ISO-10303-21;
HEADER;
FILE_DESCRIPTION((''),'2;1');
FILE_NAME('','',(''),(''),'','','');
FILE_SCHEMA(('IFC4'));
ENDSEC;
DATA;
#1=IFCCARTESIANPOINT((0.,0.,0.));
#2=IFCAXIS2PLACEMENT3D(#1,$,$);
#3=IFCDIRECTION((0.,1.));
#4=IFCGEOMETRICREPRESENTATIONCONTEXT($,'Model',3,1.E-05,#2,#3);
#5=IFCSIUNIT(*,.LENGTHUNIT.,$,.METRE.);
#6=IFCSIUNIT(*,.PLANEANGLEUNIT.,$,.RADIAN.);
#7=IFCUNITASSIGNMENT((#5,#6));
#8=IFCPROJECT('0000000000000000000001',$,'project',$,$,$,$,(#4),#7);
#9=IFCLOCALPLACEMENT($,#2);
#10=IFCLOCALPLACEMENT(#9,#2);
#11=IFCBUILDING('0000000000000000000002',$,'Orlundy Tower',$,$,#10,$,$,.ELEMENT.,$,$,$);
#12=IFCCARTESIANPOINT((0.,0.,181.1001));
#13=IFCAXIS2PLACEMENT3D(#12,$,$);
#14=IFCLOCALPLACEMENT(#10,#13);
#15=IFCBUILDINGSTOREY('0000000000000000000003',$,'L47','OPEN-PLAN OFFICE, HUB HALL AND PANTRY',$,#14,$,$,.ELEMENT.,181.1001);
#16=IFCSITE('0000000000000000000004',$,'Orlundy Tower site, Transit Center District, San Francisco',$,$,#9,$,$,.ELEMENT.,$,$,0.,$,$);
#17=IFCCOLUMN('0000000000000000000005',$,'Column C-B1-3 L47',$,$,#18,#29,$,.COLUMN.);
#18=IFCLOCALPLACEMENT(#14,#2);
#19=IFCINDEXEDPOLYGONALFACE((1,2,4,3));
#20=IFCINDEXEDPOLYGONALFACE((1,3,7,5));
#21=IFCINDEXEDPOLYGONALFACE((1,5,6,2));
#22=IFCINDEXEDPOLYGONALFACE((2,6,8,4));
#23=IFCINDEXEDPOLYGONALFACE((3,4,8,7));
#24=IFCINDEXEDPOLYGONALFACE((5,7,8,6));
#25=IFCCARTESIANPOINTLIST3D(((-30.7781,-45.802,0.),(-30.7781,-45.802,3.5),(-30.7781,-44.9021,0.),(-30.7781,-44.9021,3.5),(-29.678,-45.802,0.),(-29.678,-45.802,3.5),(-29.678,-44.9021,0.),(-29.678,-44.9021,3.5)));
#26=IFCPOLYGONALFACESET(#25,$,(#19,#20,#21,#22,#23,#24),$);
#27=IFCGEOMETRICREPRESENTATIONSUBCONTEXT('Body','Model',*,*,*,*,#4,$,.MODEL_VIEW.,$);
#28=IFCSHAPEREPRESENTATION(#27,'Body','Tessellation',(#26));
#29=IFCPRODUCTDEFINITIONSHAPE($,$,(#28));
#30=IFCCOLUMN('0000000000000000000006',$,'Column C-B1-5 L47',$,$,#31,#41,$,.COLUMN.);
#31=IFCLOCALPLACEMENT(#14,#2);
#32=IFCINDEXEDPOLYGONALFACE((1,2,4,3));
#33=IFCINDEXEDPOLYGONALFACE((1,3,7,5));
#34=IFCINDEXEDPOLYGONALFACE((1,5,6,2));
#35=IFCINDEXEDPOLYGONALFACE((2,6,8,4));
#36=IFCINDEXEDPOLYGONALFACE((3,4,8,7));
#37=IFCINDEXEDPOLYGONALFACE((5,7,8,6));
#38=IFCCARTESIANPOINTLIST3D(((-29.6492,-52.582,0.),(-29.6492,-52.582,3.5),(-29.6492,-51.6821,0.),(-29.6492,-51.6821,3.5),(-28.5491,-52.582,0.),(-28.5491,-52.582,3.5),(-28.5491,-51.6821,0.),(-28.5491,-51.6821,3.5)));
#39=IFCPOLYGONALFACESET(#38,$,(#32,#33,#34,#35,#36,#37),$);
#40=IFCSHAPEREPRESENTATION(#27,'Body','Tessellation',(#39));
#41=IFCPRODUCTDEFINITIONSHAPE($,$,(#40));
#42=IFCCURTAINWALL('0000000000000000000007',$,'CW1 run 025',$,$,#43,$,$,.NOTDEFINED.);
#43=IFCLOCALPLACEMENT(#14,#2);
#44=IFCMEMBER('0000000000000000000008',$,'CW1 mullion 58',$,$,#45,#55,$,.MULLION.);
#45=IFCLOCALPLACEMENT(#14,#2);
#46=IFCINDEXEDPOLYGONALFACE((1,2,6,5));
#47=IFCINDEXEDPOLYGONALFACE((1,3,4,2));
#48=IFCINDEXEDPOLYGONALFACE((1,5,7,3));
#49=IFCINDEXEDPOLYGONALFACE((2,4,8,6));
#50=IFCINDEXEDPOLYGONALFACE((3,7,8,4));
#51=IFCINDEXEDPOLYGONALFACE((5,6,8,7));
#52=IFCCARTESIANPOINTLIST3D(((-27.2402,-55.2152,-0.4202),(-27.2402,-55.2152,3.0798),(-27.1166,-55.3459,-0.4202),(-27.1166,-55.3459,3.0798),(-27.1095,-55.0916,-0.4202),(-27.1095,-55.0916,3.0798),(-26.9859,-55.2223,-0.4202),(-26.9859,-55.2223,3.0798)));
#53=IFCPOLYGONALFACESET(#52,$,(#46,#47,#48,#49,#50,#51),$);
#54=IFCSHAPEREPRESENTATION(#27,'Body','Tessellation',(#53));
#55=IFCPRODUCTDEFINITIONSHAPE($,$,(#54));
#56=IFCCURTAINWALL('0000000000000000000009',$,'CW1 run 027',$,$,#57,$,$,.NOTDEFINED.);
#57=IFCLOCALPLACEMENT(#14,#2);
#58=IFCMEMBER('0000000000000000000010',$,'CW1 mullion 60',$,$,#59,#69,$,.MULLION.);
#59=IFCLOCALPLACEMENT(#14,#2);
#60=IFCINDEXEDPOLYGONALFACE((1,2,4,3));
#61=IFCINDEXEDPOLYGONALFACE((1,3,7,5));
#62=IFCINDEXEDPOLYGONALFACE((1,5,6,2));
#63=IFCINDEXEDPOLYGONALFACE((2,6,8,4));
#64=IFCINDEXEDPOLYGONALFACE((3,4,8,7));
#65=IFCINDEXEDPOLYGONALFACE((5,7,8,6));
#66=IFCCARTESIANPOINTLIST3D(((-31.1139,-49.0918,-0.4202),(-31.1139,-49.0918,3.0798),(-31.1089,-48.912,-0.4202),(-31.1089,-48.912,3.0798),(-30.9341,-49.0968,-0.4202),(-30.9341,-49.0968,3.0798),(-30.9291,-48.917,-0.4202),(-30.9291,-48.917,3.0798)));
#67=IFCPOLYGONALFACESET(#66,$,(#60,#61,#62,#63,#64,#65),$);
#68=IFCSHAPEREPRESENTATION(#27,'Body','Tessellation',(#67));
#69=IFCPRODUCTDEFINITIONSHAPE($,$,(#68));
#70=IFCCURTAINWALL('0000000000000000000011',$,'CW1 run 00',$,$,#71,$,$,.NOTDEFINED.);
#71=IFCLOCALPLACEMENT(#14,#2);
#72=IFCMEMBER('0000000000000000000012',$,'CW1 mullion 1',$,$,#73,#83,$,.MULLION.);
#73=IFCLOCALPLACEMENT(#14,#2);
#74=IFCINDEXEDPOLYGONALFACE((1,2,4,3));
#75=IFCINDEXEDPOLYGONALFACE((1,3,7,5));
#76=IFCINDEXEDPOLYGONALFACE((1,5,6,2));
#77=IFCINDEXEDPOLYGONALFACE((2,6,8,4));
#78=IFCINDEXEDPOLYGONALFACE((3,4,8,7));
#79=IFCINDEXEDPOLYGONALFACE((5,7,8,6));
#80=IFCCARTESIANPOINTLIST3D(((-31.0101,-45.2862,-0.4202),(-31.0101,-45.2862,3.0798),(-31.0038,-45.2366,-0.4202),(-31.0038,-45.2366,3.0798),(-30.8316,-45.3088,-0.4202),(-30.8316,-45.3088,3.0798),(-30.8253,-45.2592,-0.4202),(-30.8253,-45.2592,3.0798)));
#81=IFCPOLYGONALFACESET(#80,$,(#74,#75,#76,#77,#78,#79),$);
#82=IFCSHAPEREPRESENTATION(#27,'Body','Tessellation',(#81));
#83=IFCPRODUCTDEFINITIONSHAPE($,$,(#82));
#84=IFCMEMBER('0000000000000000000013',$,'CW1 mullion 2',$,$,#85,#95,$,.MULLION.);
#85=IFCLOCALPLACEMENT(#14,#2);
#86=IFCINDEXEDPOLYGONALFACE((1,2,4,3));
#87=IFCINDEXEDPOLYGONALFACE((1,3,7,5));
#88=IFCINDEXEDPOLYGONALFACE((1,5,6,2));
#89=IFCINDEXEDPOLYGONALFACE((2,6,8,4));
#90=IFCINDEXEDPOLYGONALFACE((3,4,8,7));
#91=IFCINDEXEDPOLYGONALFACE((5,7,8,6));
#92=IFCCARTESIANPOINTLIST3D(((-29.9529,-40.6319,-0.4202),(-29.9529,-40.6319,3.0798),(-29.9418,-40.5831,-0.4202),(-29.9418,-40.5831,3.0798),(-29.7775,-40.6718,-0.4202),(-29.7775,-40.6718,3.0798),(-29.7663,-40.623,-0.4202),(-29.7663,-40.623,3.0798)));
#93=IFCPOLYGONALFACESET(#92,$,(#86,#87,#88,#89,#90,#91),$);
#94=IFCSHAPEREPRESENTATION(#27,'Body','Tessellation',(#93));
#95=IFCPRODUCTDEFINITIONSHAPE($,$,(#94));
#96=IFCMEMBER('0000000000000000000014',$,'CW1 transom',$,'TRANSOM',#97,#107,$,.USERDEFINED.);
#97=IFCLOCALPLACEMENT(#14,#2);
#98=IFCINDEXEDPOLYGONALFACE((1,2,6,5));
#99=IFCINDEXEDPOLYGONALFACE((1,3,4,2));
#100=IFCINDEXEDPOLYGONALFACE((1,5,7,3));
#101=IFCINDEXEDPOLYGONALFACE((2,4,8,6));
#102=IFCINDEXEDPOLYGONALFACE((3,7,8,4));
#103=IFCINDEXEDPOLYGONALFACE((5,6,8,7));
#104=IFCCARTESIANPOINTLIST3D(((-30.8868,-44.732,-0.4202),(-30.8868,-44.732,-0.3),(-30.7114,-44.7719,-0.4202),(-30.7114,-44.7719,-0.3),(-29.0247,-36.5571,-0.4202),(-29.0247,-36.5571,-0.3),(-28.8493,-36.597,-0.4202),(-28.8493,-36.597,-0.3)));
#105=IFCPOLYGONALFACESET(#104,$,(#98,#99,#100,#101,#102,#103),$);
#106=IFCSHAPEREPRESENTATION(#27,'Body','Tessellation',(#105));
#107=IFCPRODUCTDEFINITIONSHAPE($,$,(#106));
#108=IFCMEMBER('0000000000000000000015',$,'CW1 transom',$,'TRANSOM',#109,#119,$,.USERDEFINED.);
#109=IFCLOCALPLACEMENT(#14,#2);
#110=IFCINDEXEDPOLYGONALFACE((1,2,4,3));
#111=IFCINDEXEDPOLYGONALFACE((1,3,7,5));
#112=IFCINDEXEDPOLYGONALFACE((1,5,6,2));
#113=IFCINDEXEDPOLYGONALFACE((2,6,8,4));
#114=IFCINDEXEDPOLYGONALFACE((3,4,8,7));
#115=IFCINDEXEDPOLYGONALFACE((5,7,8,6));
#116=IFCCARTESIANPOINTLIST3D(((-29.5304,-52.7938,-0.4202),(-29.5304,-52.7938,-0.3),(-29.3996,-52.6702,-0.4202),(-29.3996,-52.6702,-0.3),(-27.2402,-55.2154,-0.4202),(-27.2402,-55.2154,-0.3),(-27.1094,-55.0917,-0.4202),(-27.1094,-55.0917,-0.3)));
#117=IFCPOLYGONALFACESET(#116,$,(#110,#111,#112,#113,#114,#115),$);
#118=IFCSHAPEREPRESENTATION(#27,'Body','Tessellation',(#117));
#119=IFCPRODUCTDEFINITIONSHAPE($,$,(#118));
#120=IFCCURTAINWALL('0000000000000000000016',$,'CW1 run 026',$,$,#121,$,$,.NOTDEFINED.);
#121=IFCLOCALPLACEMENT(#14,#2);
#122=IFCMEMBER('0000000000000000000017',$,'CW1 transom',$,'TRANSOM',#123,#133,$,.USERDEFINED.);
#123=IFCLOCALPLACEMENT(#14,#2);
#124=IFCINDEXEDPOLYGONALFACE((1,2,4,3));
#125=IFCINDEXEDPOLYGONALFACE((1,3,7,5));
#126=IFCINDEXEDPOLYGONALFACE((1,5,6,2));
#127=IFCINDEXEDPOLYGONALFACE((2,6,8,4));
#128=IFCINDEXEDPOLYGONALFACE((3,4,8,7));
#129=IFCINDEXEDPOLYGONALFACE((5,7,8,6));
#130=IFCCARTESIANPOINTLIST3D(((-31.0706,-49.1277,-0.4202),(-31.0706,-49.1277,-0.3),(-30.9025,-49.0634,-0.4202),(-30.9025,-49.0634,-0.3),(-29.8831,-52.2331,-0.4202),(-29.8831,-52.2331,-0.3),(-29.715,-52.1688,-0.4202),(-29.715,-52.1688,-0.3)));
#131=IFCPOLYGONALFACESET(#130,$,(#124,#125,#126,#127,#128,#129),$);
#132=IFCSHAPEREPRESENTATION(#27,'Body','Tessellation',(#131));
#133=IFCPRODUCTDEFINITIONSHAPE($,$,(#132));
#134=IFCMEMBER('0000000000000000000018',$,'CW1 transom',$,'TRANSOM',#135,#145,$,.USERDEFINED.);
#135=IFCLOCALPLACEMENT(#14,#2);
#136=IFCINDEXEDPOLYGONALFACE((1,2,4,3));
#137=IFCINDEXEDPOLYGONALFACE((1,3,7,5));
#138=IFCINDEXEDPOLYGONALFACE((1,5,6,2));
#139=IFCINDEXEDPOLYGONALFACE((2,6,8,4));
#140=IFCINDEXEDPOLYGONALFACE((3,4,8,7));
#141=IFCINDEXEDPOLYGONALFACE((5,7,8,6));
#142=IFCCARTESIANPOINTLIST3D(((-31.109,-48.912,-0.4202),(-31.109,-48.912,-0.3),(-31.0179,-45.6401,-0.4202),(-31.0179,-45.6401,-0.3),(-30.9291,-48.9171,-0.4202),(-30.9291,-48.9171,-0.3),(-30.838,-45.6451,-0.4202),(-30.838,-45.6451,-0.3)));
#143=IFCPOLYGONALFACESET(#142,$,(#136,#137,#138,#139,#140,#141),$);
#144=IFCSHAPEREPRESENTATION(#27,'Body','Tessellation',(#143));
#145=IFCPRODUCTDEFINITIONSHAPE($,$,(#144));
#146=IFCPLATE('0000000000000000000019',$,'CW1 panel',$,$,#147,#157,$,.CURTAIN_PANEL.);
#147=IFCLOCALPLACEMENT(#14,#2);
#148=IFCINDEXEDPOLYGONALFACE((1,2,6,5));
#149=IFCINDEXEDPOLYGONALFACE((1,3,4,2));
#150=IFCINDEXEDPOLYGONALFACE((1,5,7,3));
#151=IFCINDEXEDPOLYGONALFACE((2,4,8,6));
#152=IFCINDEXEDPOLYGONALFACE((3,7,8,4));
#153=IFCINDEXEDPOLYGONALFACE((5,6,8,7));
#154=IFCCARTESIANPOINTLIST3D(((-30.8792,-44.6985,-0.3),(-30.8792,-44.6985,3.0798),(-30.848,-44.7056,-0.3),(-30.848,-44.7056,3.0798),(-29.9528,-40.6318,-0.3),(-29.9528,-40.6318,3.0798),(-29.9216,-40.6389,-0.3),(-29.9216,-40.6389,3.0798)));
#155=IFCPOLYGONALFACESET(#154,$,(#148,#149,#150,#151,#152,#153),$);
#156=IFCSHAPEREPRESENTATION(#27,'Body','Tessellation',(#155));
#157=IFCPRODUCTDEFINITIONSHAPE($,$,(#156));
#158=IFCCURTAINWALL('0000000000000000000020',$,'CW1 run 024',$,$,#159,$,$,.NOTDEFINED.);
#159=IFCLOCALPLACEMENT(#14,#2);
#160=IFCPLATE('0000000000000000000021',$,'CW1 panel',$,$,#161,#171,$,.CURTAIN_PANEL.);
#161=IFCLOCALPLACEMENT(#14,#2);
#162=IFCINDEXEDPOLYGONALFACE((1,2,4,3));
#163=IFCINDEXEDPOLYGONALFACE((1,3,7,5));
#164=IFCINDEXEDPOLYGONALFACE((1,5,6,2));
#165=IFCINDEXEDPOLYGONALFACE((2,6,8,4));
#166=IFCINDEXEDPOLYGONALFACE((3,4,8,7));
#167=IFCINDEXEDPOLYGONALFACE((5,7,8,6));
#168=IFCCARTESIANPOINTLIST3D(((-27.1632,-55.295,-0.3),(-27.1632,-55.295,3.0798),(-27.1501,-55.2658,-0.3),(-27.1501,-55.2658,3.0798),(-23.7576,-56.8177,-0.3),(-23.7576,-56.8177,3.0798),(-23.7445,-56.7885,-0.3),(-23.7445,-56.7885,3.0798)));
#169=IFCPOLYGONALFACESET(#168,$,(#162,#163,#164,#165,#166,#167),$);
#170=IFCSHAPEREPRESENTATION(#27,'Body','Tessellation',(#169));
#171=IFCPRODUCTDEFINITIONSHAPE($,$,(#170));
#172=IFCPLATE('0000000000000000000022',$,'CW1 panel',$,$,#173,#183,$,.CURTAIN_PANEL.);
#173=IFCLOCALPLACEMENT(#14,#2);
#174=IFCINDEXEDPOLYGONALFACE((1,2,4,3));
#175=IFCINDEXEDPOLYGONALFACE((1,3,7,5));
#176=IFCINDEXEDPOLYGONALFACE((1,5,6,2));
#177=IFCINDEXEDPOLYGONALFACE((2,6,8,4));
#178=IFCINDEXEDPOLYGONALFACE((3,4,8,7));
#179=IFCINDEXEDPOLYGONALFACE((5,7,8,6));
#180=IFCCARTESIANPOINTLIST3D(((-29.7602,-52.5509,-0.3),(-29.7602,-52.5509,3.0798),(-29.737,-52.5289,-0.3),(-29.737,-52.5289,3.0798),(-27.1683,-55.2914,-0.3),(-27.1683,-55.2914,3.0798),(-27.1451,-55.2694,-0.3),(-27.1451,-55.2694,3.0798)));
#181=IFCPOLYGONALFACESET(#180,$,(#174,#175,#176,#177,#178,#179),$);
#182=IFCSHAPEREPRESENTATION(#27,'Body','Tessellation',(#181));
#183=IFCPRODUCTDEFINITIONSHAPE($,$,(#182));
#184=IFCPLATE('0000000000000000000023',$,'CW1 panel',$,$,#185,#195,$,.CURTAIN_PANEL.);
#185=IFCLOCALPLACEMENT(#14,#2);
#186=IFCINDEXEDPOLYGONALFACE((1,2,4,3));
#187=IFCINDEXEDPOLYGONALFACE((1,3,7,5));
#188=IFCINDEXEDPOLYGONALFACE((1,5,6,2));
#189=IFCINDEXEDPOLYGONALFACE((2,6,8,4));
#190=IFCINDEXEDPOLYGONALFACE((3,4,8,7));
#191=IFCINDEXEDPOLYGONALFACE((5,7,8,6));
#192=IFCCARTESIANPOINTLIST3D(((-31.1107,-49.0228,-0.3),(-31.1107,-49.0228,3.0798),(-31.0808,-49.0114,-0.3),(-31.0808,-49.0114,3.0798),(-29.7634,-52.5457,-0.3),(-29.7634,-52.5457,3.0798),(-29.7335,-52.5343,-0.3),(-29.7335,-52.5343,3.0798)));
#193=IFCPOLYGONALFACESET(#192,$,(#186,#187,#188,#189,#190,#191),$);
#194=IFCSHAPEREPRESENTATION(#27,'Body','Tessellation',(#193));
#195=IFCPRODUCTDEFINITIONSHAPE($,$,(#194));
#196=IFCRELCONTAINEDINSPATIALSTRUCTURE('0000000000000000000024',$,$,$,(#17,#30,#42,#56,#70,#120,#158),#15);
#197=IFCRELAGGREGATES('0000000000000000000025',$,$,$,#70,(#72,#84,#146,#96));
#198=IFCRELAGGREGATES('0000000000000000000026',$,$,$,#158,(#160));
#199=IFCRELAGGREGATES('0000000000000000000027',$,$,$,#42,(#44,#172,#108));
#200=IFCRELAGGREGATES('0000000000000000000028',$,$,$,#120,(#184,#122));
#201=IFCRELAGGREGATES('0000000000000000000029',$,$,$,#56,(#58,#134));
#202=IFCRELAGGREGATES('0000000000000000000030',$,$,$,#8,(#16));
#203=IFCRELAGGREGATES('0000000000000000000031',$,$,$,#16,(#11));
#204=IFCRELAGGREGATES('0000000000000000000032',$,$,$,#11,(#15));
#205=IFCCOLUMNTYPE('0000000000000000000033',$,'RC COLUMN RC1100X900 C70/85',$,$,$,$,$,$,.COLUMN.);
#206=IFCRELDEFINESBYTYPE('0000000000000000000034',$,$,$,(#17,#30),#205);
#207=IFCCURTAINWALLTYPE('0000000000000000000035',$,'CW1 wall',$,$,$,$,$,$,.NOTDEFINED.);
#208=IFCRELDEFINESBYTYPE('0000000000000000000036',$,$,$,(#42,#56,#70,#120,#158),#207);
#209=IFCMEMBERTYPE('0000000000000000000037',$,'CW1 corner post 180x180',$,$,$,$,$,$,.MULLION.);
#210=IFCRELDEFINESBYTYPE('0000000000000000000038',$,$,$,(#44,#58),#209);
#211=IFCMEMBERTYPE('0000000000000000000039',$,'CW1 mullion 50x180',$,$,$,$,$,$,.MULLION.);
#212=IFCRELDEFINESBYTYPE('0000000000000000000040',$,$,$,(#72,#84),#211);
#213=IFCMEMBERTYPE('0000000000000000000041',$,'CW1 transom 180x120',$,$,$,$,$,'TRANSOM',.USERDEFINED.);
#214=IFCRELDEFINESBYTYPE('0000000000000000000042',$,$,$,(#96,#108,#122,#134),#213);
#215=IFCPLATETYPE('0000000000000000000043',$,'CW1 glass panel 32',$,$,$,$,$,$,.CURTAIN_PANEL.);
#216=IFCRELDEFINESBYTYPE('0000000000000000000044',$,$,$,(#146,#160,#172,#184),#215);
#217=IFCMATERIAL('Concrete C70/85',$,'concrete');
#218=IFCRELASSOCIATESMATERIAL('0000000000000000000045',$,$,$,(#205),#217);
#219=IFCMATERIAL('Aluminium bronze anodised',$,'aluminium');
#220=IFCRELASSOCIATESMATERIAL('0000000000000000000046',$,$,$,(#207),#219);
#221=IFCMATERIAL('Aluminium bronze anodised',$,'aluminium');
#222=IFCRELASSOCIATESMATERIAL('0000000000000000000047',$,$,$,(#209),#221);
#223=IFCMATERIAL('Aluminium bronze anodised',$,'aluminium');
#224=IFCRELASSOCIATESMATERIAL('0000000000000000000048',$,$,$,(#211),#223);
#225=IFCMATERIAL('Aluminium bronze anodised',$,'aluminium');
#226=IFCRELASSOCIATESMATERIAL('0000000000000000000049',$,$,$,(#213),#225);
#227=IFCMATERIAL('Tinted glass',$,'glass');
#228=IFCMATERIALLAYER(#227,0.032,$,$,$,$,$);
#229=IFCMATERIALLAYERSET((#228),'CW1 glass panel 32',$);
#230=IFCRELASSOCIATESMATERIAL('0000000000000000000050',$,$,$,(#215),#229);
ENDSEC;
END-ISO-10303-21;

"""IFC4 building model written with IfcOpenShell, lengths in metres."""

from ifc_helpers import new_model, si_unit, direction, frame, origin, origin_2d, place, context, subcontext, project, spatial, rectangle, extrude, material, layer, layer_set, material_profile, profile_set, type_object, element, aggregate, save


model = new_model("IFC4")

# Units and contexts
model_context = context("Model", 3, precision=1e-05, world=origin(), true_north=direction((0.0, 1.0)))
body_context = subcontext(model_context, "Body", "Model", "MODEL_VIEW")
ifc_project = project(units=[si_unit("LENGTHUNIT", "METRE"), si_unit("PLANEANGLEUNIT", "RADIAN")], contexts=[model_context])

# Site, building, storey
site_placement = place(None, origin())
site = spatial("IfcSite", under=ifc_project, at=site_placement, Name="Orlundy Tower site, Transit Center District, San Francisco", CompositionType="ELEMENT", RefElevation=0.0)
building_placement = place(site_placement, origin())
building = spatial("IfcBuilding", under=site, at=building_placement, Name="Orlundy Tower", CompositionType="ELEMENT")
storey_placement = place(building_placement, frame((0.0, 0.0, 181.1001)))
storey = spatial("IfcBuildingStorey", under=building, at=storey_placement, Name="L47", Description="OPEN-PLAN OFFICE, HUB HALL AND PANTRY", CompositionType="ELEMENT", Elevation=181.1001)

# Columns
ifc_material_1 = material(Name="Concrete C70/85", Category="concrete")
ifc_material_profile_1 = material_profile(ifc_material_1, rectangle(XDim=1.1001, YDim=0.8999, at=origin_2d()), Name="RC1100X900")
ifc_profile_set_1 = profile_set([ifc_material_profile_1], Name="Concrete C70/85")
column_type = type_object("IfcColumnType", Name="RC COLUMN RC1100X900 C70/85", PredefinedType="COLUMN", material=ifc_profile_set_1)
for number, where, z_axis, x_axis, name in (
    (1, (-30.228, -45.3521, 0.0), (0.0, 0.0, 1.0), (1.0, 0.0, 0.0), "Column C-B1-3 L47"),
    (2, (-29.0991, -52.1321, 0.0), (0.0, 0.0, 1.0), (1.0, 0.0, 0.0), "Column C-B1-5 L47"),
):
    element("IfcColumn", number, at=place(storey_placement, frame(where, z_axis=z_axis, x_axis=x_axis)), inside=storey, type_object=column_type, Name=name, PredefinedType="COLUMN", context=body_context, shape_type="SweptSolid", body=[
        extrude(rectangle(XDim=1.1001, YDim=0.8999, at=origin_2d()), origin(), (0.0, 0.0, 1.0), 3.5),
    ])

# Curtain walls, members
ifc_material_2 = material(Name="Aluminium bronze anodised", Category="aluminium")
curtain_wall_type = type_object("IfcCurtainWallType", Name="CW1 wall", PredefinedType="NOTDEFINED", material=ifc_material_2)
curtain_wall_1_placement = place(storey_placement, origin())
curtain_wall_1 = element("IfcCurtainWall", 3, at=curtain_wall_1_placement, inside=storey, type_object=curtain_wall_type, Name="CW1 run 025", PredefinedType="NOTDEFINED")
ifc_material_3 = material(Name="Aluminium bronze anodised", Category="aluminium")
ifc_material_profile_2 = material_profile(ifc_material_3, rectangle(XDim=0.1799, YDim=0.1799, at=origin_2d()), Name="CW1 corner post 180x180")
ifc_profile_set_2 = profile_set([ifc_material_profile_2], Name="Aluminium bronze anodised")
member_type_1 = type_object("IfcMemberType", Name="CW1 corner post 180x180", PredefinedType="MULLION", material=ifc_profile_set_2)
member_1_placement = place(storey_placement, frame((-27.113, -55.2188, -0.4202), z_axis=(0.0, 0.0, 1.0), x_axis=(-0.726527, -0.687138, 0.0)))
member_1 = element("IfcMember", 4, at=member_1_placement, type_object=member_type_1, Name="CW1 mullion 58", PredefinedType="MULLION", context=body_context, shape_type="SweptSolid", body=[
    extrude(rectangle(XDim=0.1799, YDim=0.1799, at=origin_2d()), origin(), (0.0, 0.0, 1.0), 3.5),
])
curtain_wall_2_placement = place(storey_placement, origin())
curtain_wall_2 = element("IfcCurtainWall", 5, at=curtain_wall_2_placement, inside=storey, type_object=curtain_wall_type, Name="CW1 run 027", PredefinedType="NOTDEFINED")
member_2_placement = place(storey_placement, frame((-31.0215, -49.0044, -0.4202), z_axis=(0.0, 0.0, 1.0), x_axis=(-0.999614, 0.02779, 0.0)))
member_2 = element("IfcMember", 6, at=member_2_placement, type_object=member_type_1, Name="CW1 mullion 60", PredefinedType="MULLION", context=body_context, shape_type="SweptSolid", body=[
    extrude(rectangle(XDim=0.1799, YDim=0.1799, at=origin_2d()), origin(), (0.0, 0.0, 1.0), 3.5),
])

# Curtain wall, members
curtain_wall_3_placement = place(storey_placement, origin())
curtain_wall_3 = element("IfcCurtainWall", 7, at=curtain_wall_3_placement, inside=storey, type_object=curtain_wall_type, Name="CW1 run 00", PredefinedType="NOTDEFINED")
ifc_material_4 = material(Name="Aluminium bronze anodised", Category="aluminium")
ifc_material_profile_3 = material_profile(ifc_material_4, rectangle(XDim=0.1799, YDim=0.05, at=origin_2d()), Name="CW1 mullion 50x180")
ifc_profile_set_3 = profile_set([ifc_material_profile_3], Name="Aluminium bronze anodised")
member_type_2 = type_object("IfcMemberType", Name="CW1 mullion 50x180", PredefinedType="MULLION", material=ifc_profile_set_3)
member_3_placement = place(storey_placement, frame((-30.9177, -45.2727, -0.4202), z_axis=(0.0, 0.0, 1.0), x_axis=(-0.992088, 0.125547, 0.0)))
member_3 = element("IfcMember", 8, at=member_3_placement, type_object=member_type_2, Name="CW1 mullion 1", PredefinedType="MULLION", context=body_context, shape_type="SweptSolid", body=[
    extrude(rectangle(XDim=0.1799, YDim=0.05, at=origin_2d()), origin(), (0.0, 0.0, 1.0), 3.5),
])
member_4_placement = place(storey_placement, frame((-29.8596, -40.6274, -0.4202), z_axis=(0.0, 0.0, 1.0), x_axis=(-0.975025, 0.222097, 0.0)))
member_4 = element("IfcMember", 9, at=member_4_placement, type_object=member_type_2, Name="CW1 mullion 2", PredefinedType="MULLION", context=body_context, shape_type="SweptSolid", body=[
    extrude(rectangle(XDim=0.1799, YDim=0.05, at=origin_2d()), origin(), (0.0, 0.0, 1.0), 3.5),
])
ifc_material_5 = material(Name="Aluminium bronze anodised", Category="aluminium")
ifc_material_profile_4 = material_profile(ifc_material_5, rectangle(XDim=0.1799, YDim=0.1201, at=origin_2d()), Name="CW1 transom 180x120")
ifc_profile_set_4 = profile_set([ifc_material_profile_4], Name="Aluminium bronze anodised")
member_type_3 = type_object("IfcMemberType", Name="CW1 transom 180x120", ElementType="TRANSOM", PredefinedType="USERDEFINED", material=ifc_profile_set_4)
member_5_placement = place(storey_placement, frame((-30.7991, -44.752, -0.3601), z_axis=(0.222092, 0.975026, 0.0), x_axis=(-0.975026, 0.222092, 0.0)))
member_5 = element("IfcMember", 10, at=member_5_placement, type_object=member_type_3, Name="CW1 transom", ObjectType="TRANSOM", PredefinedType="USERDEFINED", context=body_context, shape_type="SweptSolid", body=[
    extrude(rectangle(XDim=0.1799, YDim=0.1201, at=origin_2d()), origin(), (0.0, 0.0, 1.0), 8.3843),
])

# Member
member_6_placement = place(storey_placement, frame((-27.1748, -55.1536, -0.3601), z_axis=(-0.687129, 0.726536, 0.0), x_axis=(-0.726536, -0.687129, 0.0)))
member_6 = element("IfcMember", 11, at=member_6_placement, type_object=member_type_3, Name="CW1 transom", ObjectType="TRANSOM", PredefinedType="USERDEFINED", context=body_context, shape_type="SweptSolid", body=[
    extrude(rectangle(XDim=0.1799, YDim=0.1201, at=origin_2d()), origin(), (0.0, 0.0, 1.0), 3.333),
])

# Curtain wall, member
curtain_wall_4_placement = place(storey_placement, origin())
curtain_wall_4 = element("IfcCurtainWall", 12, at=curtain_wall_4_placement, inside=storey, type_object=curtain_wall_type, Name="CW1 run 026", PredefinedType="NOTDEFINED")
member_7_placement = place(storey_placement, frame((-29.7991, -52.2009, -0.3601), z_axis=(-0.357168, 0.93404, 0.0), x_axis=(-0.93404, -0.357168, 0.0)))
member_7 = element("IfcMember", 13, at=member_7_placement, type_object=member_type_3, Name="CW1 transom", ObjectType="TRANSOM", PredefinedType="USERDEFINED", context=body_context, shape_type="SweptSolid", body=[
    extrude(rectangle(XDim=0.1799, YDim=0.1201, at=origin_2d()), origin(), (0.0, 0.0, 1.0), 3.3247),
])

# Member
member_8_placement = place(storey_placement, frame((-31.019, -48.9146, -0.3601), z_axis=(0.027821, 0.999613, 0.0), x_axis=(-0.999613, 0.027821, 0.0)))
member_8 = element("IfcMember", 14, at=member_8_placement, type_object=member_type_3, Name="CW1 transom", ObjectType="TRANSOM", PredefinedType="USERDEFINED", context=body_context, shape_type="SweptSolid", body=[
    extrude(rectangle(XDim=0.1799, YDim=0.1201, at=origin_2d()), origin(), (0.0, 0.0, 1.0), 3.2732),
])

# Plate
ifc_material_6 = material(Name="Tinted glass", Category="glass")
ifc_layer_1 = layer(ifc_material_6, 0.032)
ifc_layer_set_1 = layer_set([ifc_layer_1], Name="CW1 glass panel 32")
plate_type = type_object("IfcPlateType", Name="CW1 glass panel 32", PredefinedType="CURTAIN_PANEL", material=ifc_layer_set_1)
plate_1_placement = place(storey_placement, frame((-30.4004, -42.6687, -0.3), z_axis=(0.0, 0.0, 1.0), x_axis=(0.222097, 0.975025, 0.0)))
plate_1 = element("IfcPlate", 15, at=plate_1_placement, type_object=plate_type, Name="CW1 panel", PredefinedType="CURTAIN_PANEL", context=body_context, shape_type="SweptSolid", body=[
    extrude(rectangle(XDim=4.1709, YDim=0.032, at=origin_2d()), origin(), (0.0, 0.0, 1.0), 3.3799),
])
aggregate(curtain_wall_3, [member_3, member_4, plate_1, member_5])

# Curtain wall, plate
curtain_wall_5_placement = place(storey_placement, origin())
curtain_wall_5 = element("IfcCurtainWall", 16, at=curtain_wall_5_placement, inside=storey, type_object=curtain_wall_type, Name="CW1 run 024", PredefinedType="NOTDEFINED")
plate_2_placement = place(storey_placement, frame((-25.4539, -56.0417, -0.3), z_axis=(0.0, 0.0, 1.0), x_axis=(-0.912908, 0.408165, 0.0)))
plate_2 = element("IfcPlate", 17, at=plate_2_placement, type_object=plate_type, Name="CW1 panel", PredefinedType="CURTAIN_PANEL", context=body_context, shape_type="SweptSolid", body=[
    extrude(rectangle(XDim=3.7305, YDim=0.032, at=origin_2d()), origin(), (0.0, 0.0, 1.0), 3.3799),
])
aggregate(curtain_wall_5, [plate_2])

# Plates
plate_3_placement = place(storey_placement, frame((-28.4526, -53.9102, -0.3), z_axis=(0.0, 0.0, 1.0), x_axis=(-0.687138, 0.726527, 0.0)))
plate_3 = element("IfcPlate", 18, at=plate_3_placement, type_object=plate_type, Name="CW1 panel", PredefinedType="CURTAIN_PANEL", context=body_context, shape_type="SweptSolid", body=[
    extrude(rectangle(XDim=3.772, YDim=0.032, at=origin_2d()), origin(), (0.0, 0.0, 1.0), 3.3799),
])
aggregate(curtain_wall_1, [member_1, plate_3, member_6])
plate_4_placement = place(storey_placement, frame((-30.4221, -50.7786, -0.3), z_axis=(0.0, 0.0, 1.0), x_axis=(-0.357207, 0.934025, 0.0)))
plate_4 = element("IfcPlate", 19, at=plate_4_placement, type_object=plate_type, Name="CW1 panel", PredefinedType="CURTAIN_PANEL", context=body_context, shape_type="SweptSolid", body=[
    extrude(rectangle(XDim=3.7717, YDim=0.032, at=origin_2d()), origin(), (0.0, 0.0, 1.0), 3.3799),
])
aggregate(curtain_wall_4, [plate_4, member_7])
aggregate(curtain_wall_2, [member_2, member_8])

save(model, "model.ifc")
